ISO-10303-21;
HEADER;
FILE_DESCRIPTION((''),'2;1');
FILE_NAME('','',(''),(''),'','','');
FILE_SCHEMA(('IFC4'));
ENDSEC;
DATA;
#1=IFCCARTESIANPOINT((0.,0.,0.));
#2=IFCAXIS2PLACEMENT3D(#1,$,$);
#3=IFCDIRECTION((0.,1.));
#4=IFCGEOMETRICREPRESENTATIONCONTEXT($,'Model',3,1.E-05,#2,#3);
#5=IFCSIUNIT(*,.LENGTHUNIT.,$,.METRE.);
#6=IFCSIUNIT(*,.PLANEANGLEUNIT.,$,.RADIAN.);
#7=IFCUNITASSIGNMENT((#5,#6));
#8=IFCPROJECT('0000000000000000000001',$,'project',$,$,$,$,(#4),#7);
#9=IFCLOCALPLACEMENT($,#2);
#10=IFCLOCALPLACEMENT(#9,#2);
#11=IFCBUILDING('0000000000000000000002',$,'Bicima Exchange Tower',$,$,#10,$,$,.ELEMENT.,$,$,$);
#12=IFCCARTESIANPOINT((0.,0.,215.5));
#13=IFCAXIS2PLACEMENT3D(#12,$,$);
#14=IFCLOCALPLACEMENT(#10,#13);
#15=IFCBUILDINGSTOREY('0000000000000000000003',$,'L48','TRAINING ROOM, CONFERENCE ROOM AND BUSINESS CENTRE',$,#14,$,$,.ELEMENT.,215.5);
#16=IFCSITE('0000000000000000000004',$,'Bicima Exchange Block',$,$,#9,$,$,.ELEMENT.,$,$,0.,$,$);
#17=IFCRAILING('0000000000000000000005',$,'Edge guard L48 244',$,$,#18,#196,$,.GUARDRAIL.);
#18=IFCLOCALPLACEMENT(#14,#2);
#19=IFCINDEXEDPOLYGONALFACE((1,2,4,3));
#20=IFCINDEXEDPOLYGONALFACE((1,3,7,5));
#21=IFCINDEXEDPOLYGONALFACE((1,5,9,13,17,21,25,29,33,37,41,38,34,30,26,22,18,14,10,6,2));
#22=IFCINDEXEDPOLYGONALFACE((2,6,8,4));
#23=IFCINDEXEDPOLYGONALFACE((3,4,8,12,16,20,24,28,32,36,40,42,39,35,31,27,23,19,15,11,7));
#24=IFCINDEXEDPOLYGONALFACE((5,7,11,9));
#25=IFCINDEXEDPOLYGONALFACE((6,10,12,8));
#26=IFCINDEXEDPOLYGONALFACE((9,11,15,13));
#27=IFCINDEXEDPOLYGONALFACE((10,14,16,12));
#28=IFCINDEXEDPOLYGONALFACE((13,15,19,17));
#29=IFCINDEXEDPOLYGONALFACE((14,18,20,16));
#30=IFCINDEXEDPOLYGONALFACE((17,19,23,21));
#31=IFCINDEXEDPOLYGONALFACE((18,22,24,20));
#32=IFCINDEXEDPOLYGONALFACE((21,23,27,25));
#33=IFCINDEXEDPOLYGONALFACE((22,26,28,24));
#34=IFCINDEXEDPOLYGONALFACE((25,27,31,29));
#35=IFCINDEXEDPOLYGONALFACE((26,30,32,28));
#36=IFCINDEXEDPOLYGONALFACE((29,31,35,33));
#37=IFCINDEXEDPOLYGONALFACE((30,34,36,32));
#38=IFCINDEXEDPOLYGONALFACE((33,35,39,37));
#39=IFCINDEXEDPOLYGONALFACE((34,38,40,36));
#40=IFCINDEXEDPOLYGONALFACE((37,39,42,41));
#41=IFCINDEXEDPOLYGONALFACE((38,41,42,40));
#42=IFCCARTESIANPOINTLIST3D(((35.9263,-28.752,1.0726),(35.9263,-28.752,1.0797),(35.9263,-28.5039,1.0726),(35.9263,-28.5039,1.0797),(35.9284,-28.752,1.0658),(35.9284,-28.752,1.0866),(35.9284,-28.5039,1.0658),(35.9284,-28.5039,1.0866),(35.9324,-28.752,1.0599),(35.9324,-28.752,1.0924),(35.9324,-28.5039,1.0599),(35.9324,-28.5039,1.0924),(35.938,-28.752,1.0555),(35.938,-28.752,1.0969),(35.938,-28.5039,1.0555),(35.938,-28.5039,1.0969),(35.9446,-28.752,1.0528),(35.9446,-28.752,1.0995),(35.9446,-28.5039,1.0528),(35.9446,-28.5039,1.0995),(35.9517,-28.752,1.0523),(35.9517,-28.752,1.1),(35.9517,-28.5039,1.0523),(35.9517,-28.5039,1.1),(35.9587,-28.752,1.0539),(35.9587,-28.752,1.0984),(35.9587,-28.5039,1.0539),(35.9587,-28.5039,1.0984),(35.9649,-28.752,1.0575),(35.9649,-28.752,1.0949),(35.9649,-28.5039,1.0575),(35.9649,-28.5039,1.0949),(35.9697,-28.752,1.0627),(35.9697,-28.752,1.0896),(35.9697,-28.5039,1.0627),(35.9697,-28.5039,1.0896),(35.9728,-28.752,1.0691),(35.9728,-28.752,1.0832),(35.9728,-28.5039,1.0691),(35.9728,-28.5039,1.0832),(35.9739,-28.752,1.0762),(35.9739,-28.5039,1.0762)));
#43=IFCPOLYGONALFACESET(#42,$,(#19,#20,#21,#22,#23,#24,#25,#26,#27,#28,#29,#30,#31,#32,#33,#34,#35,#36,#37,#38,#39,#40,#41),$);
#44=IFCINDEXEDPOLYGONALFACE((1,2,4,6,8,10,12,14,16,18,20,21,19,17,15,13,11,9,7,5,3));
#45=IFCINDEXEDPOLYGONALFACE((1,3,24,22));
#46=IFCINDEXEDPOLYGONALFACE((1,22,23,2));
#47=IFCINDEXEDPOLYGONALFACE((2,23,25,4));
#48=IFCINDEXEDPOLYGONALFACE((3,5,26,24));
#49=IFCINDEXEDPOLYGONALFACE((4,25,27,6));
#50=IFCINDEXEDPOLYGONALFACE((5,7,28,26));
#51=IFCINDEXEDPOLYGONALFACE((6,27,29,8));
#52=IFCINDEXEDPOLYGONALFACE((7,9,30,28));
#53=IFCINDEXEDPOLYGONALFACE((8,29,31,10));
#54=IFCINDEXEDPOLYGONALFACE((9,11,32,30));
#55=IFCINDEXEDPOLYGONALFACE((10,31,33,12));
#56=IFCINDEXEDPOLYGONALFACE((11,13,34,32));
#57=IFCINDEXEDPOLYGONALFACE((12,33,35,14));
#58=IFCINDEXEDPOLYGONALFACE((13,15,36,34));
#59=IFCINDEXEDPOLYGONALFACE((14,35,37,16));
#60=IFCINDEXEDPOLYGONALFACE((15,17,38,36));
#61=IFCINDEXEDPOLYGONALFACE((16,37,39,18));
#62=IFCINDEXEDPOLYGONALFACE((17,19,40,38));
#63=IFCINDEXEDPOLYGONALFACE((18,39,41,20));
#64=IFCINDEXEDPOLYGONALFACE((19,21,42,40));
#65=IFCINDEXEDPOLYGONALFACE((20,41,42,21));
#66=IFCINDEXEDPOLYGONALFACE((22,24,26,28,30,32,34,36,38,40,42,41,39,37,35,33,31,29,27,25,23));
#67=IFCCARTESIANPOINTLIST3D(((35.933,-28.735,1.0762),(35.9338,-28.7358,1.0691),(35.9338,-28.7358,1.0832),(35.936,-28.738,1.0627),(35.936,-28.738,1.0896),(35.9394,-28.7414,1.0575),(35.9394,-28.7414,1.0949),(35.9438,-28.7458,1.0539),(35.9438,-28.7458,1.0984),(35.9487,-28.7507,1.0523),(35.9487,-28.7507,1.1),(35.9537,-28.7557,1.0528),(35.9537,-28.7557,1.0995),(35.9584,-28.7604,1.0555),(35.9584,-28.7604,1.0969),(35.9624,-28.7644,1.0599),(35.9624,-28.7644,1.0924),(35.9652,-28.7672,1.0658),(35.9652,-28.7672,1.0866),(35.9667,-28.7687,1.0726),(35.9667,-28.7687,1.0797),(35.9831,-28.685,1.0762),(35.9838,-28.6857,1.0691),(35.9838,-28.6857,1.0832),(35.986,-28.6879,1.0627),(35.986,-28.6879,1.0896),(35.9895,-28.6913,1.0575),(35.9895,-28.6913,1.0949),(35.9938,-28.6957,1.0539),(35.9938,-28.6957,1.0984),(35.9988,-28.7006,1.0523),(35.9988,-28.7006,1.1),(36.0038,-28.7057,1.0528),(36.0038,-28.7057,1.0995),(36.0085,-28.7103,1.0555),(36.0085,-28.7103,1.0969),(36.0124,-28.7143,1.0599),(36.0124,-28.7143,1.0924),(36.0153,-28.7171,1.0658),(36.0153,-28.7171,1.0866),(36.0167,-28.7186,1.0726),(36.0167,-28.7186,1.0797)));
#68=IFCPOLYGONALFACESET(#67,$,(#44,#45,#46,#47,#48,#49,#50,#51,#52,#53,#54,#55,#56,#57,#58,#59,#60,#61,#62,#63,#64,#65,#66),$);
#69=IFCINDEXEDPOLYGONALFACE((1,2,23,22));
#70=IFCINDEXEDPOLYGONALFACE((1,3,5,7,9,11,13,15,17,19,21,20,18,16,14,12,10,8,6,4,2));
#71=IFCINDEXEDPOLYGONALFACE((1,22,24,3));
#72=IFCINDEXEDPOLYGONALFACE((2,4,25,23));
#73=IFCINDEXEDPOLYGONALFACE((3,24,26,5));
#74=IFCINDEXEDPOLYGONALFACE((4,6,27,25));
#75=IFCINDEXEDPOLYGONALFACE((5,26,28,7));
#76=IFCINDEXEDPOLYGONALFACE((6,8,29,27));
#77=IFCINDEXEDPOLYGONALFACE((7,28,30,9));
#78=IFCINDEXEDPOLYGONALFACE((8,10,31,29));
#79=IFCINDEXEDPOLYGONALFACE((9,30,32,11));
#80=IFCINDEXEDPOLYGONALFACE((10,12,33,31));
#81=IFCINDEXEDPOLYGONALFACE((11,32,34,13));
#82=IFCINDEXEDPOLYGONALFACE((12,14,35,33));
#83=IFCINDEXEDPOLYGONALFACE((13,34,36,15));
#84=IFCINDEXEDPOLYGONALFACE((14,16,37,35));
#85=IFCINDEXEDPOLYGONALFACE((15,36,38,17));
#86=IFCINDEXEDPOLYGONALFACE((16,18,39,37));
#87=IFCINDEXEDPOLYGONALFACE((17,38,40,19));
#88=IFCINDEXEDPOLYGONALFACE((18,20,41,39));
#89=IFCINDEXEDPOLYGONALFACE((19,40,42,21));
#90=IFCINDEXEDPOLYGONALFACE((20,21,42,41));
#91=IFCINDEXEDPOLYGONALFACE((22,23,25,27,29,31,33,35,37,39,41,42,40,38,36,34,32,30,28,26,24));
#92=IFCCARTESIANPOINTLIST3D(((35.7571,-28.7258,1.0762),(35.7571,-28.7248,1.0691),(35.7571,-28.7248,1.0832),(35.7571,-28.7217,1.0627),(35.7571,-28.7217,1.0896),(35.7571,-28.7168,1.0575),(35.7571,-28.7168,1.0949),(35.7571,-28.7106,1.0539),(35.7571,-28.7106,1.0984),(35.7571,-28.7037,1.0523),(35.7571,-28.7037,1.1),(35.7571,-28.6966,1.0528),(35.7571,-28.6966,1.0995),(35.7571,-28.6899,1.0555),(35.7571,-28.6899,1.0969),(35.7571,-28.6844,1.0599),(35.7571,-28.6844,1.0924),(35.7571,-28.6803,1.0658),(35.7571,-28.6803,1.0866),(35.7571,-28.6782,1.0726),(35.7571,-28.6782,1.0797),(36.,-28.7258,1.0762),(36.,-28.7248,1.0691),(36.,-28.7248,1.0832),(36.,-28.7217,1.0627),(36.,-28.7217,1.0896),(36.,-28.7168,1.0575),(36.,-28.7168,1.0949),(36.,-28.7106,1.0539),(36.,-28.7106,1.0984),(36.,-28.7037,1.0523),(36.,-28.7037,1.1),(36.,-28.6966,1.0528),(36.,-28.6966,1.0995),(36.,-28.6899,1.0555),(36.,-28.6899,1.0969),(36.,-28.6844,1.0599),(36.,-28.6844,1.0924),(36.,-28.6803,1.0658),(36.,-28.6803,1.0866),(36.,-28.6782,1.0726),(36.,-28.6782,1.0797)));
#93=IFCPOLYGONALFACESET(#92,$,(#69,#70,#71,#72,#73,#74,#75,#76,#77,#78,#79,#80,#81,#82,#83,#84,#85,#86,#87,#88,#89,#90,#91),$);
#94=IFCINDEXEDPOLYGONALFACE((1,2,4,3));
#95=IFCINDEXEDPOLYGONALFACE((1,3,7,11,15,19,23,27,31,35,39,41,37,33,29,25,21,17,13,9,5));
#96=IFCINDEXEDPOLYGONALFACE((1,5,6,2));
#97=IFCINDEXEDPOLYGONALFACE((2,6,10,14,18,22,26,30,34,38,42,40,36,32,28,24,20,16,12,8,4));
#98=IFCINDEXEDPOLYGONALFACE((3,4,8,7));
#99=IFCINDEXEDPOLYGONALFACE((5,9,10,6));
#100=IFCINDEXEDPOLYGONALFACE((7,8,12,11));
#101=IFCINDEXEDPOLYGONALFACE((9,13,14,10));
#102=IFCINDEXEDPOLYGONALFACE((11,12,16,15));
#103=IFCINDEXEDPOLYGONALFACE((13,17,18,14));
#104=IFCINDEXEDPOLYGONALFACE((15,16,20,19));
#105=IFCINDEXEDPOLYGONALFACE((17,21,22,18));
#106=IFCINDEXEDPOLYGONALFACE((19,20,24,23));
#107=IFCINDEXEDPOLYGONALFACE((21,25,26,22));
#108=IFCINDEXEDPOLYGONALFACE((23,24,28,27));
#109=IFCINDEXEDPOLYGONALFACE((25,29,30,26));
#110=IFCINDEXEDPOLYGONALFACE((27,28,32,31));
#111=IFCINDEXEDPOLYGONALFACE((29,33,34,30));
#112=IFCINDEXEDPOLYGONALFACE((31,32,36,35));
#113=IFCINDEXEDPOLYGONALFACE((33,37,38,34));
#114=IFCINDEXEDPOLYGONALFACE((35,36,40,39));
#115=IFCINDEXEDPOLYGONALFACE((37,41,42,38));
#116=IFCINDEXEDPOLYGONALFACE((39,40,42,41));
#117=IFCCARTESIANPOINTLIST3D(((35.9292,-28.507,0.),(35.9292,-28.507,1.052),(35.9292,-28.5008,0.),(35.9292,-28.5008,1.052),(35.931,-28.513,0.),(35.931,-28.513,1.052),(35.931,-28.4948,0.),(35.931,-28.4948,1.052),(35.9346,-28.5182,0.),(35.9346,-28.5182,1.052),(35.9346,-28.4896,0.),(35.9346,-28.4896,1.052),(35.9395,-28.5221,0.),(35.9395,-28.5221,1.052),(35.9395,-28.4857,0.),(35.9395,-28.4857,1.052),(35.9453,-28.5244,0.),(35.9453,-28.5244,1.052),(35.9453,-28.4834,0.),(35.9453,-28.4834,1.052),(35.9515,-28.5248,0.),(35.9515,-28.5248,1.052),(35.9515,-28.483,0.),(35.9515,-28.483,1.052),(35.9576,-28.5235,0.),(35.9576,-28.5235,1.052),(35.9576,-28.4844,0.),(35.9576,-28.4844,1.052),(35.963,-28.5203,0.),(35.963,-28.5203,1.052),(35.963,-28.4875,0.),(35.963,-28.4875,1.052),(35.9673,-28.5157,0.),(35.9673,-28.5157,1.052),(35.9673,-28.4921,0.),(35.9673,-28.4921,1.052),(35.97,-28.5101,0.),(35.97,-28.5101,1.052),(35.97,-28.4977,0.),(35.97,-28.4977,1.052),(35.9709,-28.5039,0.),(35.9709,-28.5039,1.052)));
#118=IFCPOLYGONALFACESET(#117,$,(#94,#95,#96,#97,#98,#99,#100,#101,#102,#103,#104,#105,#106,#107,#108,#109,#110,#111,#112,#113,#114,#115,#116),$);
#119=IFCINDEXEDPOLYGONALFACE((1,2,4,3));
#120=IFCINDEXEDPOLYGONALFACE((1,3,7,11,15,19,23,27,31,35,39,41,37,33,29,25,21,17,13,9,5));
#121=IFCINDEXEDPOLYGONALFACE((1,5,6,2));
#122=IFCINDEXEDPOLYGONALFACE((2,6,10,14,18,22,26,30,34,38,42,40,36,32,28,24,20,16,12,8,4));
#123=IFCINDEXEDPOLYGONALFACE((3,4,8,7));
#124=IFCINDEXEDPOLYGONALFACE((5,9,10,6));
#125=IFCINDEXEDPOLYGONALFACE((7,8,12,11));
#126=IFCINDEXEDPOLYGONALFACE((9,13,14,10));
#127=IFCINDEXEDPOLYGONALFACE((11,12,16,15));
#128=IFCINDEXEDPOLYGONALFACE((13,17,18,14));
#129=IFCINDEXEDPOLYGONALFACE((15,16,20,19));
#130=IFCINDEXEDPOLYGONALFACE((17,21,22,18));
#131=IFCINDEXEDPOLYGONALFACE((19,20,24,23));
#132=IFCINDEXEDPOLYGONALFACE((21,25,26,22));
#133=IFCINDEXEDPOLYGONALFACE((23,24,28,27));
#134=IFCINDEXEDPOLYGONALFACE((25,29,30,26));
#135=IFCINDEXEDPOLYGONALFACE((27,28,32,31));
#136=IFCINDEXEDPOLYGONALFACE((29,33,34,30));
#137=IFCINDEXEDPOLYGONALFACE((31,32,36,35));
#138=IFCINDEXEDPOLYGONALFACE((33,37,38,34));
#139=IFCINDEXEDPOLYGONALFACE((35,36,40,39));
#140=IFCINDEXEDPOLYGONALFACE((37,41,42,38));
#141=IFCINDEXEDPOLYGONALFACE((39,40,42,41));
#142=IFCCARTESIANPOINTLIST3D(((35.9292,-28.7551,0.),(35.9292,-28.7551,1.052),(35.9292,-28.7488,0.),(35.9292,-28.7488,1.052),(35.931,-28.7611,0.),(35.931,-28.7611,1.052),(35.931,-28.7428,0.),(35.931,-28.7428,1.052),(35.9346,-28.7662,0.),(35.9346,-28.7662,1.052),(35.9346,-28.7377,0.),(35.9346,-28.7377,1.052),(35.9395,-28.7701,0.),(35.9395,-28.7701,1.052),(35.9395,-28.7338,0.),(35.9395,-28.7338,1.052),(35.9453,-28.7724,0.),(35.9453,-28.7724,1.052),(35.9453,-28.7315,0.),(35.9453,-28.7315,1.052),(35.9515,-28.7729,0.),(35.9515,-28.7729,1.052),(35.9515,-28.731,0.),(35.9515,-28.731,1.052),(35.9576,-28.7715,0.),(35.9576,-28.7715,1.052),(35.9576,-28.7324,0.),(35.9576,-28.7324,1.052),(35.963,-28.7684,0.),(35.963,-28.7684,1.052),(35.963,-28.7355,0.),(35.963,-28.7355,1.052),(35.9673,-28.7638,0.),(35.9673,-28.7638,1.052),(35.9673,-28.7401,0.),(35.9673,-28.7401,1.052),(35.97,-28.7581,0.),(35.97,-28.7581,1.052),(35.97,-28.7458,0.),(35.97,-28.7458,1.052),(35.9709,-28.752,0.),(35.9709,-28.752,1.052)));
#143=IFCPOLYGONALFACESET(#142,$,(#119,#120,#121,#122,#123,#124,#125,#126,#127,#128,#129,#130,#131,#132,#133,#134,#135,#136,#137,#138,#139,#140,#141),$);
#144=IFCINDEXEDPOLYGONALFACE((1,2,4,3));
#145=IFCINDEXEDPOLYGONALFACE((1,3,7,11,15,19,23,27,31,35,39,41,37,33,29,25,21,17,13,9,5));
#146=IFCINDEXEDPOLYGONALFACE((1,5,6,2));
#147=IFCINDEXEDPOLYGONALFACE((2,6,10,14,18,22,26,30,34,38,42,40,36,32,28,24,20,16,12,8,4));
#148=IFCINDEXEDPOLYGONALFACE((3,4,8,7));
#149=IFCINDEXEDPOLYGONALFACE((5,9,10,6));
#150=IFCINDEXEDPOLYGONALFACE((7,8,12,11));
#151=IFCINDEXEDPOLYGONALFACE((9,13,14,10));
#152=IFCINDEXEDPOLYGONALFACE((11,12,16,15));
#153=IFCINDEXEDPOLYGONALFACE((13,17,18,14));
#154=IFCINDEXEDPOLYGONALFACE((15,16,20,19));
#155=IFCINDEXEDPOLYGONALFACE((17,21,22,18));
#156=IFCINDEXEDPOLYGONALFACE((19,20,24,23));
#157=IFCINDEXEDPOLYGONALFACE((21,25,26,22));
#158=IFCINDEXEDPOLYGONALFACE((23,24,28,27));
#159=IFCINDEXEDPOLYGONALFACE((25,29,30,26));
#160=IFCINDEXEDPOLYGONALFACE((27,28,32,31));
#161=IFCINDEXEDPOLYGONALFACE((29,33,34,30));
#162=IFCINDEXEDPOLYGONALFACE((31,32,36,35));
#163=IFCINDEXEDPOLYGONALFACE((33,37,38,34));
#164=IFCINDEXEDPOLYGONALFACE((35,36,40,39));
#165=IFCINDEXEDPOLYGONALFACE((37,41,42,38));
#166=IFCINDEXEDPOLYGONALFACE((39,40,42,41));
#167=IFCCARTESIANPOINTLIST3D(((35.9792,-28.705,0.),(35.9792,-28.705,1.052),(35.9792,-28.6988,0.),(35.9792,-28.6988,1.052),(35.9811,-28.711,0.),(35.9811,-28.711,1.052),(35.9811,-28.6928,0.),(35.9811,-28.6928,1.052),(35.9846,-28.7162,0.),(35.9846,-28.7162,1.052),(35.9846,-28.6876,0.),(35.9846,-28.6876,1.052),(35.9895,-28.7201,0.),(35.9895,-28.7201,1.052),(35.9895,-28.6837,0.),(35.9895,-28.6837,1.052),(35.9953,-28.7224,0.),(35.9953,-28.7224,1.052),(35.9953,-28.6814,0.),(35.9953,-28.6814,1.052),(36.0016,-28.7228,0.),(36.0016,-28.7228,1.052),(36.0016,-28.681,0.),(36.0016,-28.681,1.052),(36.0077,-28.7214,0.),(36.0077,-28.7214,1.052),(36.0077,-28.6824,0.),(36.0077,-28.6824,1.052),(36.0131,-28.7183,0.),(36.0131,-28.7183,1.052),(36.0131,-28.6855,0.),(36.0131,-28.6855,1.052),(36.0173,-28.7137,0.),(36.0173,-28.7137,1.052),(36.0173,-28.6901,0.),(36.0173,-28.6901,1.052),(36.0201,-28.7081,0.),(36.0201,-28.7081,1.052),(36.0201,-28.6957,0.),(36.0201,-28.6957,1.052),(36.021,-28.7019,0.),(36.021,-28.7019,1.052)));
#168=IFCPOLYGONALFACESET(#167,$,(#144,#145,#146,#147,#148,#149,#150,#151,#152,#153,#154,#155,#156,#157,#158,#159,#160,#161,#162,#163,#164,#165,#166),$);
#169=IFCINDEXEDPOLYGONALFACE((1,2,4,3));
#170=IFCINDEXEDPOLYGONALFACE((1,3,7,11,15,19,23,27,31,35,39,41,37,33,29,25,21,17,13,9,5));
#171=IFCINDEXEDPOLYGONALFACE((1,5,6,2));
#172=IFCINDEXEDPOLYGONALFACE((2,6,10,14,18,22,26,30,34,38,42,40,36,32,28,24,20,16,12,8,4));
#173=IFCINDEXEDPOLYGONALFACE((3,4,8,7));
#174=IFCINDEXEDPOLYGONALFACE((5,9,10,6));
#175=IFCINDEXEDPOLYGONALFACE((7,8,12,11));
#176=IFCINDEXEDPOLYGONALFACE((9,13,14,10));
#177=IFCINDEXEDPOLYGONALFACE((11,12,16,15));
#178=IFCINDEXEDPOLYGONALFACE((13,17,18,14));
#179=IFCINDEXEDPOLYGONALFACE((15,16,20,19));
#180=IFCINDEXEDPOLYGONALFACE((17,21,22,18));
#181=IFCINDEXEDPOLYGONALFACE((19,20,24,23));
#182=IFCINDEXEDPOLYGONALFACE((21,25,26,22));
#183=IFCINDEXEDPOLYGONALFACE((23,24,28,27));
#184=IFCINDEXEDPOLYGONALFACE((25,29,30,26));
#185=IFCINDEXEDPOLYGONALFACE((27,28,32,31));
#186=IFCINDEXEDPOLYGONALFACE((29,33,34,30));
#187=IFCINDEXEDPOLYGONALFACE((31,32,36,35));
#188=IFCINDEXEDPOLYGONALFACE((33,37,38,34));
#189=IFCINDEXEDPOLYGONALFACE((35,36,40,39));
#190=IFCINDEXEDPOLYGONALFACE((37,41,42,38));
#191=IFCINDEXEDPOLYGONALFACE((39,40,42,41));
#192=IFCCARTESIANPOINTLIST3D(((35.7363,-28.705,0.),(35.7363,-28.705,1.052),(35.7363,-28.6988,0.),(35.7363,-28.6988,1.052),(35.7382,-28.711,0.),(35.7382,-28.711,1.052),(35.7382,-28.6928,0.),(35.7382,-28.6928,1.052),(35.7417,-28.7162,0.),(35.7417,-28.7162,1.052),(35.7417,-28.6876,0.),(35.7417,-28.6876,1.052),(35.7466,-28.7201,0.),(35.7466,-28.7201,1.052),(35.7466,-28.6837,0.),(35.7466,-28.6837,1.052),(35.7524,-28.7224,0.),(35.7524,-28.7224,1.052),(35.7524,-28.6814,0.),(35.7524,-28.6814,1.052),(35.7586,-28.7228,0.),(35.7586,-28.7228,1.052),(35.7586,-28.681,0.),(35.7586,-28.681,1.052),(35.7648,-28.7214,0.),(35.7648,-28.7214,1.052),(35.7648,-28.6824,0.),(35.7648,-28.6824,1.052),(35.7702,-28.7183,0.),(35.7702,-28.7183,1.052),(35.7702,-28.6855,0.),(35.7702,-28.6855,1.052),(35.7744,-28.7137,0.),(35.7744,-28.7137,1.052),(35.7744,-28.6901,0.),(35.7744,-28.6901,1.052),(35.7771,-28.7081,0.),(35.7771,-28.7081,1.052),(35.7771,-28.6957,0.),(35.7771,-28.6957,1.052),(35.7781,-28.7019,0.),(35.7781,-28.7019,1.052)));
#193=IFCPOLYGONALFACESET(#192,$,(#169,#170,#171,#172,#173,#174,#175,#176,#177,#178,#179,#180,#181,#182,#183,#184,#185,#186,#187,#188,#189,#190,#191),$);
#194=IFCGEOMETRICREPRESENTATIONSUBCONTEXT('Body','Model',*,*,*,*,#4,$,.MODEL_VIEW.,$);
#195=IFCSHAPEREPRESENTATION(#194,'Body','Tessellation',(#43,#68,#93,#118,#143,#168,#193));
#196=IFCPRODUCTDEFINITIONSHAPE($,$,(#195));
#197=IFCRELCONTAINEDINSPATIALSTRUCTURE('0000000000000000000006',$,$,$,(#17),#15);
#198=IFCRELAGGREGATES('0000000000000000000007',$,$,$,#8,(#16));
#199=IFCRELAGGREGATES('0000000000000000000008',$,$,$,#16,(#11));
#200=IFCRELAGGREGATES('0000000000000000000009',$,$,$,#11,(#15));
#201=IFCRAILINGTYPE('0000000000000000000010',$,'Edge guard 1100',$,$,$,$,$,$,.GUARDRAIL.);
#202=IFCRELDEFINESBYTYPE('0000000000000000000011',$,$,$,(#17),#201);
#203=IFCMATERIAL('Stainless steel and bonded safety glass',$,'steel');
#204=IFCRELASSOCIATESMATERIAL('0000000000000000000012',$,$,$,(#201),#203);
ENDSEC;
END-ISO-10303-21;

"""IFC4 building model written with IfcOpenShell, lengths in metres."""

from ifc_helpers import new_model, si_unit, direction, frame, origin, origin_2d, place, context, subcontext, project, spatial, circle, extrude, material, type_object, element, save


model = new_model("IFC4")

# Units and contexts
model_context = context("Model", 3, precision=1e-05, world=origin(), true_north=direction((0.0, 1.0)))
body_context = subcontext(model_context, "Body", "Model", "MODEL_VIEW")
ifc_project = project(units=[si_unit("LENGTHUNIT", "METRE"), si_unit("PLANEANGLEUNIT", "RADIAN")], contexts=[model_context])

# Site, building, storey
site_placement = place(None, origin())
site = spatial("IfcSite", under=ifc_project, at=site_placement, Name="Bicima Exchange Block", CompositionType="ELEMENT", RefElevation=0.0)
building_placement = place(site_placement, origin())
building = spatial("IfcBuilding", under=site, at=building_placement, Name="Bicima Exchange Tower", CompositionType="ELEMENT")
storey_placement = place(building_placement, frame((0.0, 0.0, 215.5)))
storey = spatial("IfcBuildingStorey", under=building, at=storey_placement, Name="L48", Description="TRAINING ROOM, CONFERENCE ROOM AND BUSINESS CENTRE", CompositionType="ELEMENT", Elevation=215.5)

# Railing
ifc_material_1 = material(Name="Stainless steel and bonded safety glass", Category="steel")
railing_type = type_object("IfcRailingType", Name="Edge guard 1100", PredefinedType="GUARDRAIL", material=ifc_material_1)
railing_placement = place(storey_placement, frame((35.95, -28.5039, 0.0)))
element("IfcRailing", 1, at=railing_placement, inside=storey, type_object=railing_type, Name="Edge guard L48 244", PredefinedType="GUARDRAIL", context=body_context, shape_type="SweptSolid", body=[
    extrude(circle(Radius=0.0239, at=origin_2d()), frame((0.0, 0.0, 1.0762), z_axis=(0.0, -1.0, 0.0), x_axis=(1.0, 0.0, 0.0)), (0.0, 0.0, 1.0), 0.248),
    extrude(circle(Radius=0.0239, at=origin_2d()), frame((0.0, -0.248, 1.0762), z_axis=(0.707107, 0.707107, 0.0), x_axis=(-0.707107, 0.707107, 0.0)), (0.0, 0.0, 1.0), 0.0708),
    extrude(circle(Radius=0.0239, at=origin_2d()), frame((0.05, -0.198, 1.0762), z_axis=(-1.0, 0.0, 0.0), x_axis=(0.0, -1.0, 0.0)), (0.0, 0.0, 1.0), 0.2429),
    extrude(circle(Radius=0.021, at=origin_2d()), origin(), (0.0, 0.0, 1.0), 1.052),
    extrude(circle(Radius=0.021, at=origin_2d()), frame((0.0, -0.248, 0.0)), (0.0, 0.0, 1.0), 1.052),
    extrude(circle(Radius=0.021, at=origin_2d()), frame((0.05, -0.198, 0.0)), (0.0, 0.0, 1.0), 1.052),
    extrude(circle(Radius=0.021, at=origin_2d()), frame((-0.1929, -0.198, 0.0)), (0.0, 0.0, 1.0), 1.052),
])

save(model, "model.ifc")
